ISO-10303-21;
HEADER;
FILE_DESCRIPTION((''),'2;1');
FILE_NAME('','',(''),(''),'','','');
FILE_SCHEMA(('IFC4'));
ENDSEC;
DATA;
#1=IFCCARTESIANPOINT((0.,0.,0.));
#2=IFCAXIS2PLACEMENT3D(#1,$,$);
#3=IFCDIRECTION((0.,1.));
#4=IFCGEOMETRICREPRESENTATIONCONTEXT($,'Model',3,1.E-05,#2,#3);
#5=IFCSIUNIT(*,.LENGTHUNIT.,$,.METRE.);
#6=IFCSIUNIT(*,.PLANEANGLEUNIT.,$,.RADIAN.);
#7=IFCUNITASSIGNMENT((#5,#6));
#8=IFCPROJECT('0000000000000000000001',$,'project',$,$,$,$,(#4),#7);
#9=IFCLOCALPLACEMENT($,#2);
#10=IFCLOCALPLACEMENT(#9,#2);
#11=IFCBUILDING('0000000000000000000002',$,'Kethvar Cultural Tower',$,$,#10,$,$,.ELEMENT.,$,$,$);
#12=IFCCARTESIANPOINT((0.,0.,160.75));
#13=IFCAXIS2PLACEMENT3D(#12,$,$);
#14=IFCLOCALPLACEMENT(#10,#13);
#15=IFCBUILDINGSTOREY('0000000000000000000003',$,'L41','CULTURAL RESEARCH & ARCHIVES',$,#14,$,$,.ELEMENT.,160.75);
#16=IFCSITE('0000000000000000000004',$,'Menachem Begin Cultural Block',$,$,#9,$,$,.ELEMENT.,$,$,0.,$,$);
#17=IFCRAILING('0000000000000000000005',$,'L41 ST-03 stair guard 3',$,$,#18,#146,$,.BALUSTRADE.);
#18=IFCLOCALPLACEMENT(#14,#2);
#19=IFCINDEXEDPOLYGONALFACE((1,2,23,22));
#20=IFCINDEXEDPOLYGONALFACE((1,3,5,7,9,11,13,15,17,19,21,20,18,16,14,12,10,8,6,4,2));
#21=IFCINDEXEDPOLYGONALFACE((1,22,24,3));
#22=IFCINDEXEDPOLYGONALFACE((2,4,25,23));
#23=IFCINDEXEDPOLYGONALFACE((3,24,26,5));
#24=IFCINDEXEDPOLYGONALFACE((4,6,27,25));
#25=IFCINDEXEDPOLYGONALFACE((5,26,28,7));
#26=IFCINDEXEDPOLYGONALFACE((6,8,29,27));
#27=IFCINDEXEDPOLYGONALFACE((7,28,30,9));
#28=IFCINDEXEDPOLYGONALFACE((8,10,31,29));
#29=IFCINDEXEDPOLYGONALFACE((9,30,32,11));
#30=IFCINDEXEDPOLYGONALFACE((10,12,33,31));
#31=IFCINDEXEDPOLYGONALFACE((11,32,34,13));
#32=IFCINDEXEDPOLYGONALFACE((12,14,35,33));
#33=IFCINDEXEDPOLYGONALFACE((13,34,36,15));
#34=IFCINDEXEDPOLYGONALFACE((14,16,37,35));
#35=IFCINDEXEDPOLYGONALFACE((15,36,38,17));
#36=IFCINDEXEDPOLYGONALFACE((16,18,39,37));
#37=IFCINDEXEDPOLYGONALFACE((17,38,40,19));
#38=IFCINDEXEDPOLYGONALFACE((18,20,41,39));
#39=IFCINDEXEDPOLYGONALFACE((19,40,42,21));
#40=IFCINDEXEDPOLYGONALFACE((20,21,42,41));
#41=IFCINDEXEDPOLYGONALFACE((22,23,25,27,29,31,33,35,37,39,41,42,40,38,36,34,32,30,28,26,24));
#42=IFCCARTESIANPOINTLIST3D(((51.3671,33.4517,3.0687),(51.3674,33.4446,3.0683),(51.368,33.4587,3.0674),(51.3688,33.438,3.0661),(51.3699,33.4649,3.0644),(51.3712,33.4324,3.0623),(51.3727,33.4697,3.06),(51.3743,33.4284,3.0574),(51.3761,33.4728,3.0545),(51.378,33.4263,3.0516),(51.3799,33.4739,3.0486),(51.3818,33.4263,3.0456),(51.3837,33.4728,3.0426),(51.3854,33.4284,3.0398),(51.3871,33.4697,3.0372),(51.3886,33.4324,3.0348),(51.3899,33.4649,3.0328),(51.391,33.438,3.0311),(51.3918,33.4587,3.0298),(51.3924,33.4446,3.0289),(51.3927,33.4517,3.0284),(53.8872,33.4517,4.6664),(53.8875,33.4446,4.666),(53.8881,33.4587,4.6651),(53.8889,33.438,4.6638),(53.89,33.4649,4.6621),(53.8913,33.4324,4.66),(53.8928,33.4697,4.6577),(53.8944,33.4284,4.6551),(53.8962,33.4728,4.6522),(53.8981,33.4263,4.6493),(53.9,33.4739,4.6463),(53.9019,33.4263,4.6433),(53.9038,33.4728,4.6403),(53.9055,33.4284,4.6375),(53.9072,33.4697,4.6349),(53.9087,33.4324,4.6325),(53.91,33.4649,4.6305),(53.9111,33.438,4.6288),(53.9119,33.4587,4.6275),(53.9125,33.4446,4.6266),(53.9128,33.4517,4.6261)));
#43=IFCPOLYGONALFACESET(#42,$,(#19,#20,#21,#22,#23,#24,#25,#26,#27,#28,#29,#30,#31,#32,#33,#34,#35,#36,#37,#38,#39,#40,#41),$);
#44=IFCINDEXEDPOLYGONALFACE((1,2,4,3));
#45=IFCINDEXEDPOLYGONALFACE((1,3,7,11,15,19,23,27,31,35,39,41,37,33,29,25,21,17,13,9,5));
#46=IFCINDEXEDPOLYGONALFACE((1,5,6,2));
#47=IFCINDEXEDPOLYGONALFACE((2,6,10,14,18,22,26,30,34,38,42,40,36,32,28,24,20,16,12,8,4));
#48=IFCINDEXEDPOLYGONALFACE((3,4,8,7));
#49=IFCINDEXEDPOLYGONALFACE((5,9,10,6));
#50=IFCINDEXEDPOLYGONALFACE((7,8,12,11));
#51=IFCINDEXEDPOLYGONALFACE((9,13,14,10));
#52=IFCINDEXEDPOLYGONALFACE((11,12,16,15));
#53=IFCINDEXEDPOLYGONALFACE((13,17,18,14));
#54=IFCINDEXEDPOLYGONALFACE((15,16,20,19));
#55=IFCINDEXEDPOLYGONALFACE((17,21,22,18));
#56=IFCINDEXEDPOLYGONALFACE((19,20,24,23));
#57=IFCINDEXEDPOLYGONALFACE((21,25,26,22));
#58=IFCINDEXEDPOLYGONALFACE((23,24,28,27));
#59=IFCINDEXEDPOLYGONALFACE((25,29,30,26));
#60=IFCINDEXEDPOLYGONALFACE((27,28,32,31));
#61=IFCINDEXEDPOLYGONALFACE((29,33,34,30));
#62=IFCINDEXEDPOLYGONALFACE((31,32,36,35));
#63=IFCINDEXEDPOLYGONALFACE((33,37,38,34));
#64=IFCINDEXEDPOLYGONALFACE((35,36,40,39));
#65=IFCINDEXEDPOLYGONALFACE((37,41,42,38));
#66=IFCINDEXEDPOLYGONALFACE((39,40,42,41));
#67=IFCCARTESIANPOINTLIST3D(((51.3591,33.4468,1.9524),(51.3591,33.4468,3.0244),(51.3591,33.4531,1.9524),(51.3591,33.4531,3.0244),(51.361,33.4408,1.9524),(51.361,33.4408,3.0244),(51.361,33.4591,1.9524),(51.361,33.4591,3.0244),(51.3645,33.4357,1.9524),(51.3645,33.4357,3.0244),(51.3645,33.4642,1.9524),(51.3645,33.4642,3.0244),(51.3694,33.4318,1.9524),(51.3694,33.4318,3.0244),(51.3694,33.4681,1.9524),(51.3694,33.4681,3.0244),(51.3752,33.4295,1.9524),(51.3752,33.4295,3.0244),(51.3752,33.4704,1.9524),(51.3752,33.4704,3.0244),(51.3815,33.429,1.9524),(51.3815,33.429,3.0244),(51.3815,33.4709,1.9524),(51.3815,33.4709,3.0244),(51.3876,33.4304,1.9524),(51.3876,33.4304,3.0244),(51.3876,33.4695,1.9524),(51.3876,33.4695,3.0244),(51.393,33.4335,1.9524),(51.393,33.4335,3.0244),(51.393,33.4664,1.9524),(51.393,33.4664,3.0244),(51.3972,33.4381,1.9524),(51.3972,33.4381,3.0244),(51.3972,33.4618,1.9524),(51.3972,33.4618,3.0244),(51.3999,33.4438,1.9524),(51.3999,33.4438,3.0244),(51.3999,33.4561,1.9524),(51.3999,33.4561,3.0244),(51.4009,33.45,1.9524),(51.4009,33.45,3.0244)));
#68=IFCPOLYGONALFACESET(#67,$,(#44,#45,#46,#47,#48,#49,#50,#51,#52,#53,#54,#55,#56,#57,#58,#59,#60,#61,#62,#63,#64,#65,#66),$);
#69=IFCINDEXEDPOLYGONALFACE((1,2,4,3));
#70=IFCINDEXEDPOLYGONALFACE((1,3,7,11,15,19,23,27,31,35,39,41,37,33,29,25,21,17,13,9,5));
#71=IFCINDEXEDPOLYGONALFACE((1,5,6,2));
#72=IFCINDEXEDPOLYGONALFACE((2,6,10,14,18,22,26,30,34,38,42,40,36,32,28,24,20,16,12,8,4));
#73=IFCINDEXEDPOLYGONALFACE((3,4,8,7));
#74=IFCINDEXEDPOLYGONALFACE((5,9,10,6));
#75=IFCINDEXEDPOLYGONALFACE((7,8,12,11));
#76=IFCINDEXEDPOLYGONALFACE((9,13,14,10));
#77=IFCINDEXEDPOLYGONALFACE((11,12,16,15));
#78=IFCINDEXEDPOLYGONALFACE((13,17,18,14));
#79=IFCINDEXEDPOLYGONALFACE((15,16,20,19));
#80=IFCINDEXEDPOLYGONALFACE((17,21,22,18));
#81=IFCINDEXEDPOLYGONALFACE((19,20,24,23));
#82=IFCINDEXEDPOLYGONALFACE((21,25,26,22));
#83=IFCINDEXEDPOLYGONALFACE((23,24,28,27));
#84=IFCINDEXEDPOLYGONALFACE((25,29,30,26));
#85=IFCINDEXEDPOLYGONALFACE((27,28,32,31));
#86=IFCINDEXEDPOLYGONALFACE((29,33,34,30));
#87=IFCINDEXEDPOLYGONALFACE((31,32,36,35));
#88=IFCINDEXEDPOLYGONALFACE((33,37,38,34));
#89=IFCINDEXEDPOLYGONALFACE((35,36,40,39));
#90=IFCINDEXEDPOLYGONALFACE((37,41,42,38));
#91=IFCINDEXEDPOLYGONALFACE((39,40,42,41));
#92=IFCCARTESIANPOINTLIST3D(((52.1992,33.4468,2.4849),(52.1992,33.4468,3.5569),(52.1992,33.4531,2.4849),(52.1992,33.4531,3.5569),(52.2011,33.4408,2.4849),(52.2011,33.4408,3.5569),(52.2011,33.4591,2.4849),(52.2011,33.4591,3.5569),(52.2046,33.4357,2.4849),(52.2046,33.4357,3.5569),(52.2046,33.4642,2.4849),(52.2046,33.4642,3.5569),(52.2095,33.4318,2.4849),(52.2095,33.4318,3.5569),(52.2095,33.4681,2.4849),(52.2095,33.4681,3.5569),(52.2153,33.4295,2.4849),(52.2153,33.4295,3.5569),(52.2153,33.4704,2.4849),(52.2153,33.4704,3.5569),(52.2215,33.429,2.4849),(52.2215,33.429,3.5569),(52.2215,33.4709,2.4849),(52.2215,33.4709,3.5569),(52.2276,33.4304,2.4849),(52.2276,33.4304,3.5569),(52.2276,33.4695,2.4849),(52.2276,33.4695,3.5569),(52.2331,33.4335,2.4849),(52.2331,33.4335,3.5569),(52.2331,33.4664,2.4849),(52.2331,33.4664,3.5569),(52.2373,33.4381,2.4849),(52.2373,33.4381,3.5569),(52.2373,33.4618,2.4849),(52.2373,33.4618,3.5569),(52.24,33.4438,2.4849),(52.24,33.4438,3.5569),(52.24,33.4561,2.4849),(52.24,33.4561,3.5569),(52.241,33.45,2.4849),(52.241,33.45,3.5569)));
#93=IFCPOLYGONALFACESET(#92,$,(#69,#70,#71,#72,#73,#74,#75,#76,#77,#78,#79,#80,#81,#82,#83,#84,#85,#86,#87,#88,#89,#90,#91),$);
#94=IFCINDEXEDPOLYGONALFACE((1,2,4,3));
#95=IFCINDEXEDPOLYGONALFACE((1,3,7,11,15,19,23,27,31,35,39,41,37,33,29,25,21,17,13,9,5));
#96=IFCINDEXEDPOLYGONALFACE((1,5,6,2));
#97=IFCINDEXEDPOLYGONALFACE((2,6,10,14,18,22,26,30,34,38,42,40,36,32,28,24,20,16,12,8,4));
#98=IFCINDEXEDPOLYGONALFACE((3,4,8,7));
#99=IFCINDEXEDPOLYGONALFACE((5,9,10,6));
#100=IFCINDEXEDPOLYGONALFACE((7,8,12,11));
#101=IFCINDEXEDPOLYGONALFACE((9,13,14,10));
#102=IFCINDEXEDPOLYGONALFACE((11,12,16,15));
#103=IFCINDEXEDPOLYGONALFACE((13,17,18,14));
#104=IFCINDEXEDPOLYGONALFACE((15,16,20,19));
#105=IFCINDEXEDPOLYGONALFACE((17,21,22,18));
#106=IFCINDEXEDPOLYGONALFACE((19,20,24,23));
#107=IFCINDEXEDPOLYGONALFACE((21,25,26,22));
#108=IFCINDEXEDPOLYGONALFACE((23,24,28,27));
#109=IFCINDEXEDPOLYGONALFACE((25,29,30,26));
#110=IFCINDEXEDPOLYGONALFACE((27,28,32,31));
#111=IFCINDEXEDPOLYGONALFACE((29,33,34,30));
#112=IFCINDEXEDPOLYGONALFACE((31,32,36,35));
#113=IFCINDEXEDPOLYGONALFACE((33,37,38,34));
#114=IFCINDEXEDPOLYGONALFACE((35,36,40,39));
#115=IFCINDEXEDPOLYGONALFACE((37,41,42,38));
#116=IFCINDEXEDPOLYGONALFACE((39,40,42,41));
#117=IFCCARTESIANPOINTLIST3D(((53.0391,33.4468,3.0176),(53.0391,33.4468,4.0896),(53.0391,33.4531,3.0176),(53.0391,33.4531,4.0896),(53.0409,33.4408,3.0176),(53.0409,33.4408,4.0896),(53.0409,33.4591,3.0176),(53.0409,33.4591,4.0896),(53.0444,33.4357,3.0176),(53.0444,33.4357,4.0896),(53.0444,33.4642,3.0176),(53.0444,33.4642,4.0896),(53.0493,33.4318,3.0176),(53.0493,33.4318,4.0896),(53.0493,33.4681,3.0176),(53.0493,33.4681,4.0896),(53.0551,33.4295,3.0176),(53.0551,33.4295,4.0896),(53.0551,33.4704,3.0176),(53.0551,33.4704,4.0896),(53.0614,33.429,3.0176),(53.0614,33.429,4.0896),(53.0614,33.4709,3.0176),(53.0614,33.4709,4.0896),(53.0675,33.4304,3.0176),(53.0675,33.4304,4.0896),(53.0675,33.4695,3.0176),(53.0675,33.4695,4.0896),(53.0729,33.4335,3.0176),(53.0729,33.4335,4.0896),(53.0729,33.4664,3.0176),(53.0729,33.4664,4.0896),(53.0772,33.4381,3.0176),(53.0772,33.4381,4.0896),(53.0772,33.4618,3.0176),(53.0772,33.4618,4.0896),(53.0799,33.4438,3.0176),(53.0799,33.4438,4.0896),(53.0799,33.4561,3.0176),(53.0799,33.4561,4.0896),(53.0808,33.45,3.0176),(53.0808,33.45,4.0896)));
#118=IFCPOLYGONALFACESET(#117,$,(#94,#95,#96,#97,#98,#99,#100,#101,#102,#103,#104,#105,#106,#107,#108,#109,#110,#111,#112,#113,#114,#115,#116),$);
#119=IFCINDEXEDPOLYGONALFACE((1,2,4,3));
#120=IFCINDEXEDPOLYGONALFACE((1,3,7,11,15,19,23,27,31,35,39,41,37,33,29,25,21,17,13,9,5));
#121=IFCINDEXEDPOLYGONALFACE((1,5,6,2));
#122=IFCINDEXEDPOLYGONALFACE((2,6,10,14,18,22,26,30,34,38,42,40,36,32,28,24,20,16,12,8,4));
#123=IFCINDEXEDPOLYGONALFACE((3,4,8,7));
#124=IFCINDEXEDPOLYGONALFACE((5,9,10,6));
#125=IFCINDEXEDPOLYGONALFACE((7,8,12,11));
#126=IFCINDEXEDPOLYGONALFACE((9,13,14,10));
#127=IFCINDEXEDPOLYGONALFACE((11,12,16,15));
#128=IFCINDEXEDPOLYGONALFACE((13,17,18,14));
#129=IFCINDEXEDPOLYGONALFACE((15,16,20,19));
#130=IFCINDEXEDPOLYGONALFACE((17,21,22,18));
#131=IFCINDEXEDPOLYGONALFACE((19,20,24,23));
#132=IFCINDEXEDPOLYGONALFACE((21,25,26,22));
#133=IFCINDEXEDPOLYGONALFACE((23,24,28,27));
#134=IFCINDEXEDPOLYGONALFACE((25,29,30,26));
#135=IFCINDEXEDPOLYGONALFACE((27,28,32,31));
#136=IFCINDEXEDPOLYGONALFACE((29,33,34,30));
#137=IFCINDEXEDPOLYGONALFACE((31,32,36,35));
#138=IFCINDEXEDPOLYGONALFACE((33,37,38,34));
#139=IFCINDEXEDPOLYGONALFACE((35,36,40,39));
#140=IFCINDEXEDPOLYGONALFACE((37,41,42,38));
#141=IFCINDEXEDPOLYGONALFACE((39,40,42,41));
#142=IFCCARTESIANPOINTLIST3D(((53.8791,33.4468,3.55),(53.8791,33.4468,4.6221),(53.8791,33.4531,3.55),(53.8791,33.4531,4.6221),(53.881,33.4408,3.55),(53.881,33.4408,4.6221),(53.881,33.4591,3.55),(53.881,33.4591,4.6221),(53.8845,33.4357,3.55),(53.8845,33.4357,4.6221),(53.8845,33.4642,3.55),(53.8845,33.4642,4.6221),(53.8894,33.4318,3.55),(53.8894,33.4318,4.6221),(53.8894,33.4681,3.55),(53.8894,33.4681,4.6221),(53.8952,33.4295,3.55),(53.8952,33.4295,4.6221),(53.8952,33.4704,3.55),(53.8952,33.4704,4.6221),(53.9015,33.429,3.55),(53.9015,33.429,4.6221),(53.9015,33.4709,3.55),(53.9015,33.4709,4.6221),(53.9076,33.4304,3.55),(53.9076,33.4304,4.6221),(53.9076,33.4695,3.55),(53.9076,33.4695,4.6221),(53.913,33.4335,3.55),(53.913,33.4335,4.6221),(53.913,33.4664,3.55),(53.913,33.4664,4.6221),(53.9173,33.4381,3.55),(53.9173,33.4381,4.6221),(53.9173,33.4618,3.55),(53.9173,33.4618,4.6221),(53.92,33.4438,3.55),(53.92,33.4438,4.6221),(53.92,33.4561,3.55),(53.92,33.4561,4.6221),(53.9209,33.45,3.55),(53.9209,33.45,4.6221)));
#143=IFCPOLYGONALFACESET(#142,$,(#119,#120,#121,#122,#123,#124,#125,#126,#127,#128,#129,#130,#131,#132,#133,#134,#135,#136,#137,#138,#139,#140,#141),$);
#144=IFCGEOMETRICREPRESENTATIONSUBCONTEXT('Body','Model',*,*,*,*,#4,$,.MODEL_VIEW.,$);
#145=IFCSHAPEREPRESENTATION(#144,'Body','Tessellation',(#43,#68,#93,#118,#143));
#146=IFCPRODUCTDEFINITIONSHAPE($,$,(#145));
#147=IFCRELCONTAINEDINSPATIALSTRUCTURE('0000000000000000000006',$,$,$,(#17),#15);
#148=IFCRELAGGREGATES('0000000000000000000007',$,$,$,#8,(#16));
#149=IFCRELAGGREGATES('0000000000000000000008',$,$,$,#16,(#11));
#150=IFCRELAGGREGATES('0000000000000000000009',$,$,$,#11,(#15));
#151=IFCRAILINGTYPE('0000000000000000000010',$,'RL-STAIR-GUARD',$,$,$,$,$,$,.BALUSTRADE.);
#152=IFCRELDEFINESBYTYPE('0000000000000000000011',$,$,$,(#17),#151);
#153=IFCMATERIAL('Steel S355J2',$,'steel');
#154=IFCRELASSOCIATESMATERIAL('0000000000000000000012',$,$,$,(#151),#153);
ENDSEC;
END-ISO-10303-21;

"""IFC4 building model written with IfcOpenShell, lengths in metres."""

from ifc_helpers import new_model, si_unit, direction, frame, origin, origin_2d, place, context, subcontext, project, spatial, circle, extrude, material, type_object, element, save


model = new_model("IFC4")

# Units and contexts
model_context = context("Model", 3, precision=1e-05, world=origin(), true_north=direction((0.0, 1.0)))
body_context = subcontext(model_context, "Body", "Model", "MODEL_VIEW")
ifc_project = project(units=[si_unit("LENGTHUNIT", "METRE"), si_unit("PLANEANGLEUNIT", "RADIAN")], contexts=[model_context])

# Site, building, storey
site_placement = place(None, origin())
site = spatial("IfcSite", under=ifc_project, at=site_placement, Name="Menachem Begin Cultural Block", CompositionType="ELEMENT", RefElevation=0.0)
building_placement = place(site_placement, origin())
building = spatial("IfcBuilding", under=site, at=building_placement, Name="Kethvar Cultural Tower", CompositionType="ELEMENT")
storey_placement = place(building_placement, frame((0.0, 0.0, 160.75)))
storey = spatial("IfcBuildingStorey", under=building, at=storey_placement, Name="L41", Description="CULTURAL RESEARCH & ARCHIVES", CompositionType="ELEMENT", Elevation=160.75)

# Shared definitions
ifc_material_1 = material(Name="Steel S355J2", Category="steel")

# Railing
railing_type_1 = type_object("IfcRailingType", Name="RL-STAIR-GUARD", PredefinedType="BALUSTRADE", material=ifc_material_1)
railing_1_placement = place(storey_placement, frame((51.3799, 33.45, 1.9524)))
element("IfcRailing", 1, at=railing_1_placement, inside=storey, type_object=railing_type_1, Name="L41 ST-03 stair guard 3", PredefinedType="BALUSTRADE", context=body_context, shape_type="SweptSolid", body=[
    extrude(circle(Radius=0.0239, at=origin_2d()), frame((0.0, 0.0, 1.0962), z_axis=(0.84457, 0.0, 0.535445), x_axis=(0.0, 1.0, 0.0)), (0.0, 0.0, 1.0), 2.9839),
    extrude(circle(Radius=0.021, at=origin_2d()), origin(), (0.0, 0.0, 1.0), 1.072),
    extrude(circle(Radius=0.021, at=origin_2d()), frame((0.8401, 0.0, 0.5325)), (0.0, 0.0, 1.0), 1.072),
    extrude(circle(Radius=0.021, at=origin_2d()), frame((1.6799, 0.0, 1.0652)), (0.0, 0.0, 1.0), 1.072),
    extrude(circle(Radius=0.021, at=origin_2d()), frame((2.52, 0.0, 1.5977)), (0.0, 0.0, 1.0), 1.072),
])

save(model, "model.ifc")
